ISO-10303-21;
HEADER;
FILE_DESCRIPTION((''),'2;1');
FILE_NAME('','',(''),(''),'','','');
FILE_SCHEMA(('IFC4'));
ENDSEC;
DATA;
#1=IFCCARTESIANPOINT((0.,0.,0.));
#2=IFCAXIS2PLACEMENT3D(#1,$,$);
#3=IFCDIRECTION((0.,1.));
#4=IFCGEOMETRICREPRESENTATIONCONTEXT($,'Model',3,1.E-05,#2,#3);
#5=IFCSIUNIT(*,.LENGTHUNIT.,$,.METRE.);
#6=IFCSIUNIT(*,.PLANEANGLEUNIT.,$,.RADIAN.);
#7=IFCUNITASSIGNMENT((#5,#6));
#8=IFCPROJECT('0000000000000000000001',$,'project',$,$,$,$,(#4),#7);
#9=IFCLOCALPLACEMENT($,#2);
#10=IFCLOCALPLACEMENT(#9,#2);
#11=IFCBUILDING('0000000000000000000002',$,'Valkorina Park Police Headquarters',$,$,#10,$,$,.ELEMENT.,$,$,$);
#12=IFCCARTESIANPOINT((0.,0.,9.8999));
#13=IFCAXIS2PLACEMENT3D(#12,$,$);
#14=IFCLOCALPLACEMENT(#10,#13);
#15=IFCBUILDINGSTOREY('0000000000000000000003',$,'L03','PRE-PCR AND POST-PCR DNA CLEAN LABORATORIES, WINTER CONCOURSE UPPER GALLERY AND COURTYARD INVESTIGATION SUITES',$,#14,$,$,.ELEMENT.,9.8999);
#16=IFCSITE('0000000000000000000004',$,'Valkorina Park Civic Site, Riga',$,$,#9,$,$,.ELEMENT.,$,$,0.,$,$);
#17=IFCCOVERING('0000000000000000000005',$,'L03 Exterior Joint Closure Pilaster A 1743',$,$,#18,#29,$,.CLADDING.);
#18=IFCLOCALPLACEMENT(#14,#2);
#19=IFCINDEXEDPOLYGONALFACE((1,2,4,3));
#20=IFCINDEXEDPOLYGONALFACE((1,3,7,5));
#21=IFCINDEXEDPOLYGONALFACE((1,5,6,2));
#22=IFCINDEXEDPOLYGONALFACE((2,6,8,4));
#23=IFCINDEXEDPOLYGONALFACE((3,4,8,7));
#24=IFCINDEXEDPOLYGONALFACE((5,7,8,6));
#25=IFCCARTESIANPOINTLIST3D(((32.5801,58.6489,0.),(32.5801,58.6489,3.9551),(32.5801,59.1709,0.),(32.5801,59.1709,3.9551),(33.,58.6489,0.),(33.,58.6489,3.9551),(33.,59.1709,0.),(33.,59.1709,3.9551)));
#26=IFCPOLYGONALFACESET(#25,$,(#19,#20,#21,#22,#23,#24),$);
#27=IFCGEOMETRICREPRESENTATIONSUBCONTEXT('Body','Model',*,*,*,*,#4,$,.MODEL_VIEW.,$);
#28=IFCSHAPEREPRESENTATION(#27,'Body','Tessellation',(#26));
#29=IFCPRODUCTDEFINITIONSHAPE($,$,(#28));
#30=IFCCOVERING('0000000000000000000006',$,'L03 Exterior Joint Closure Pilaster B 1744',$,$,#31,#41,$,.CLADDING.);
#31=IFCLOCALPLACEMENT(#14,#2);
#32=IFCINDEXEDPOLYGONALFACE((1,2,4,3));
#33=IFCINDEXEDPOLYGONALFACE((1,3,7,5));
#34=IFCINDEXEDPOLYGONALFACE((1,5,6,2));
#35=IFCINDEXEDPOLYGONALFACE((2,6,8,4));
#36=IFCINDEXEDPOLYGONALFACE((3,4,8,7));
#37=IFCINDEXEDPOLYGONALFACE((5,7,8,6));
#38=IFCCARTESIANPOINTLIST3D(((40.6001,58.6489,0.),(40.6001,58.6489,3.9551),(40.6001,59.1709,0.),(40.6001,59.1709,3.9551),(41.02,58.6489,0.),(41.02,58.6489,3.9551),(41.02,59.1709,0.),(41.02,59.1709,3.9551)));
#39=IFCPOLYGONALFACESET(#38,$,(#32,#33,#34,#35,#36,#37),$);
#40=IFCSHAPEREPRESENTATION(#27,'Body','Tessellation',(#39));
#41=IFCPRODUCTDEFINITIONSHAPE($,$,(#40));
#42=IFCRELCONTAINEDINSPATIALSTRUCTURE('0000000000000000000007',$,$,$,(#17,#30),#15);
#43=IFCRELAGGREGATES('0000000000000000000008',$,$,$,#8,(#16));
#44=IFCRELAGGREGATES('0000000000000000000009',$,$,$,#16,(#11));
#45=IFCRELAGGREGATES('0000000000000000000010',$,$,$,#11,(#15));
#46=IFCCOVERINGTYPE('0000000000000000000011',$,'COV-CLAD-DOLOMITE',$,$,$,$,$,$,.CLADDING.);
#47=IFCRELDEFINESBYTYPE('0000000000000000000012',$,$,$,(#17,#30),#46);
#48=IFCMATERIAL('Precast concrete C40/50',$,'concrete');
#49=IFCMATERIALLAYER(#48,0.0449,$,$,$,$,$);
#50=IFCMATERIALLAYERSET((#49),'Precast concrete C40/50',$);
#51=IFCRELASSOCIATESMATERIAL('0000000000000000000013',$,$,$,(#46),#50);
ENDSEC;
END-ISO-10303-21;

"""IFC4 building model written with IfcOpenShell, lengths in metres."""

from ifc_helpers import new_model, si_unit, direction, frame, origin, origin_2d, place, context, subcontext, project, spatial, rectangle, extrude, material, layer, layer_set, type_object, element, save


model = new_model("IFC4")

# Units and contexts
model_context = context("Model", 3, precision=1e-05, world=origin(), true_north=direction((0.0, 1.0)))
body_context = subcontext(model_context, "Body", "Model", "MODEL_VIEW")
ifc_project = project(units=[si_unit("LENGTHUNIT", "METRE"), si_unit("PLANEANGLEUNIT", "RADIAN")], contexts=[model_context])

# Site, building, storey
site_placement = place(None, origin())
site = spatial("IfcSite", under=ifc_project, at=site_placement, Name="Valkorina Park Civic Site, Riga", CompositionType="ELEMENT", RefElevation=0.0)
building_placement = place(site_placement, origin())
building = spatial("IfcBuilding", under=site, at=building_placement, Name="Valkorina Park Police Headquarters", CompositionType="ELEMENT")
storey_placement = place(building_placement, frame((0.0, 0.0, 9.8999)))
storey = spatial("IfcBuildingStorey", under=building, at=storey_placement, Name="L03", Description="PRE-PCR AND POST-PCR DNA CLEAN LABORATORIES, WINTER CONCOURSE UPPER GALLERY AND COURTYARD INVESTIGATION SUITES", CompositionType="ELEMENT", Elevation=9.8999)

# Coverings
ifc_material_1 = material(Name="Precast concrete C40/50", Category="concrete")
ifc_layer_1 = layer(ifc_material_1, 0.0449)
ifc_layer_set_1 = layer_set([ifc_layer_1], Name="Precast concrete C40/50")
covering_type = type_object("IfcCoveringType", Name="COV-CLAD-DOLOMITE", PredefinedType="CLADDING", material=ifc_layer_set_1)
for number, where, z_axis, x_axis, name in (
    (1, (32.79, 58.9099, 0.0), (0.0, 0.0, 1.0), (1.0, 0.0, 0.0), "L03 Exterior Joint Closure Pilaster A 1743"),
    (2, (40.8101, 58.9099, 0.0), (0.0, 0.0, 1.0), (1.0, 0.0, 0.0), "L03 Exterior Joint Closure Pilaster B 1744"),
):
    element("IfcCovering", number, at=place(storey_placement, frame(where, z_axis=z_axis, x_axis=x_axis)), inside=storey, type_object=covering_type, Name=name, PredefinedType="CLADDING", context=body_context, shape_type="SweptSolid", body=[
        extrude(rectangle(XDim=0.4199, YDim=0.522, at=origin_2d()), origin(), (0.0, 0.0, 1.0), 3.9551),
    ])

save(model, "model.ifc")
